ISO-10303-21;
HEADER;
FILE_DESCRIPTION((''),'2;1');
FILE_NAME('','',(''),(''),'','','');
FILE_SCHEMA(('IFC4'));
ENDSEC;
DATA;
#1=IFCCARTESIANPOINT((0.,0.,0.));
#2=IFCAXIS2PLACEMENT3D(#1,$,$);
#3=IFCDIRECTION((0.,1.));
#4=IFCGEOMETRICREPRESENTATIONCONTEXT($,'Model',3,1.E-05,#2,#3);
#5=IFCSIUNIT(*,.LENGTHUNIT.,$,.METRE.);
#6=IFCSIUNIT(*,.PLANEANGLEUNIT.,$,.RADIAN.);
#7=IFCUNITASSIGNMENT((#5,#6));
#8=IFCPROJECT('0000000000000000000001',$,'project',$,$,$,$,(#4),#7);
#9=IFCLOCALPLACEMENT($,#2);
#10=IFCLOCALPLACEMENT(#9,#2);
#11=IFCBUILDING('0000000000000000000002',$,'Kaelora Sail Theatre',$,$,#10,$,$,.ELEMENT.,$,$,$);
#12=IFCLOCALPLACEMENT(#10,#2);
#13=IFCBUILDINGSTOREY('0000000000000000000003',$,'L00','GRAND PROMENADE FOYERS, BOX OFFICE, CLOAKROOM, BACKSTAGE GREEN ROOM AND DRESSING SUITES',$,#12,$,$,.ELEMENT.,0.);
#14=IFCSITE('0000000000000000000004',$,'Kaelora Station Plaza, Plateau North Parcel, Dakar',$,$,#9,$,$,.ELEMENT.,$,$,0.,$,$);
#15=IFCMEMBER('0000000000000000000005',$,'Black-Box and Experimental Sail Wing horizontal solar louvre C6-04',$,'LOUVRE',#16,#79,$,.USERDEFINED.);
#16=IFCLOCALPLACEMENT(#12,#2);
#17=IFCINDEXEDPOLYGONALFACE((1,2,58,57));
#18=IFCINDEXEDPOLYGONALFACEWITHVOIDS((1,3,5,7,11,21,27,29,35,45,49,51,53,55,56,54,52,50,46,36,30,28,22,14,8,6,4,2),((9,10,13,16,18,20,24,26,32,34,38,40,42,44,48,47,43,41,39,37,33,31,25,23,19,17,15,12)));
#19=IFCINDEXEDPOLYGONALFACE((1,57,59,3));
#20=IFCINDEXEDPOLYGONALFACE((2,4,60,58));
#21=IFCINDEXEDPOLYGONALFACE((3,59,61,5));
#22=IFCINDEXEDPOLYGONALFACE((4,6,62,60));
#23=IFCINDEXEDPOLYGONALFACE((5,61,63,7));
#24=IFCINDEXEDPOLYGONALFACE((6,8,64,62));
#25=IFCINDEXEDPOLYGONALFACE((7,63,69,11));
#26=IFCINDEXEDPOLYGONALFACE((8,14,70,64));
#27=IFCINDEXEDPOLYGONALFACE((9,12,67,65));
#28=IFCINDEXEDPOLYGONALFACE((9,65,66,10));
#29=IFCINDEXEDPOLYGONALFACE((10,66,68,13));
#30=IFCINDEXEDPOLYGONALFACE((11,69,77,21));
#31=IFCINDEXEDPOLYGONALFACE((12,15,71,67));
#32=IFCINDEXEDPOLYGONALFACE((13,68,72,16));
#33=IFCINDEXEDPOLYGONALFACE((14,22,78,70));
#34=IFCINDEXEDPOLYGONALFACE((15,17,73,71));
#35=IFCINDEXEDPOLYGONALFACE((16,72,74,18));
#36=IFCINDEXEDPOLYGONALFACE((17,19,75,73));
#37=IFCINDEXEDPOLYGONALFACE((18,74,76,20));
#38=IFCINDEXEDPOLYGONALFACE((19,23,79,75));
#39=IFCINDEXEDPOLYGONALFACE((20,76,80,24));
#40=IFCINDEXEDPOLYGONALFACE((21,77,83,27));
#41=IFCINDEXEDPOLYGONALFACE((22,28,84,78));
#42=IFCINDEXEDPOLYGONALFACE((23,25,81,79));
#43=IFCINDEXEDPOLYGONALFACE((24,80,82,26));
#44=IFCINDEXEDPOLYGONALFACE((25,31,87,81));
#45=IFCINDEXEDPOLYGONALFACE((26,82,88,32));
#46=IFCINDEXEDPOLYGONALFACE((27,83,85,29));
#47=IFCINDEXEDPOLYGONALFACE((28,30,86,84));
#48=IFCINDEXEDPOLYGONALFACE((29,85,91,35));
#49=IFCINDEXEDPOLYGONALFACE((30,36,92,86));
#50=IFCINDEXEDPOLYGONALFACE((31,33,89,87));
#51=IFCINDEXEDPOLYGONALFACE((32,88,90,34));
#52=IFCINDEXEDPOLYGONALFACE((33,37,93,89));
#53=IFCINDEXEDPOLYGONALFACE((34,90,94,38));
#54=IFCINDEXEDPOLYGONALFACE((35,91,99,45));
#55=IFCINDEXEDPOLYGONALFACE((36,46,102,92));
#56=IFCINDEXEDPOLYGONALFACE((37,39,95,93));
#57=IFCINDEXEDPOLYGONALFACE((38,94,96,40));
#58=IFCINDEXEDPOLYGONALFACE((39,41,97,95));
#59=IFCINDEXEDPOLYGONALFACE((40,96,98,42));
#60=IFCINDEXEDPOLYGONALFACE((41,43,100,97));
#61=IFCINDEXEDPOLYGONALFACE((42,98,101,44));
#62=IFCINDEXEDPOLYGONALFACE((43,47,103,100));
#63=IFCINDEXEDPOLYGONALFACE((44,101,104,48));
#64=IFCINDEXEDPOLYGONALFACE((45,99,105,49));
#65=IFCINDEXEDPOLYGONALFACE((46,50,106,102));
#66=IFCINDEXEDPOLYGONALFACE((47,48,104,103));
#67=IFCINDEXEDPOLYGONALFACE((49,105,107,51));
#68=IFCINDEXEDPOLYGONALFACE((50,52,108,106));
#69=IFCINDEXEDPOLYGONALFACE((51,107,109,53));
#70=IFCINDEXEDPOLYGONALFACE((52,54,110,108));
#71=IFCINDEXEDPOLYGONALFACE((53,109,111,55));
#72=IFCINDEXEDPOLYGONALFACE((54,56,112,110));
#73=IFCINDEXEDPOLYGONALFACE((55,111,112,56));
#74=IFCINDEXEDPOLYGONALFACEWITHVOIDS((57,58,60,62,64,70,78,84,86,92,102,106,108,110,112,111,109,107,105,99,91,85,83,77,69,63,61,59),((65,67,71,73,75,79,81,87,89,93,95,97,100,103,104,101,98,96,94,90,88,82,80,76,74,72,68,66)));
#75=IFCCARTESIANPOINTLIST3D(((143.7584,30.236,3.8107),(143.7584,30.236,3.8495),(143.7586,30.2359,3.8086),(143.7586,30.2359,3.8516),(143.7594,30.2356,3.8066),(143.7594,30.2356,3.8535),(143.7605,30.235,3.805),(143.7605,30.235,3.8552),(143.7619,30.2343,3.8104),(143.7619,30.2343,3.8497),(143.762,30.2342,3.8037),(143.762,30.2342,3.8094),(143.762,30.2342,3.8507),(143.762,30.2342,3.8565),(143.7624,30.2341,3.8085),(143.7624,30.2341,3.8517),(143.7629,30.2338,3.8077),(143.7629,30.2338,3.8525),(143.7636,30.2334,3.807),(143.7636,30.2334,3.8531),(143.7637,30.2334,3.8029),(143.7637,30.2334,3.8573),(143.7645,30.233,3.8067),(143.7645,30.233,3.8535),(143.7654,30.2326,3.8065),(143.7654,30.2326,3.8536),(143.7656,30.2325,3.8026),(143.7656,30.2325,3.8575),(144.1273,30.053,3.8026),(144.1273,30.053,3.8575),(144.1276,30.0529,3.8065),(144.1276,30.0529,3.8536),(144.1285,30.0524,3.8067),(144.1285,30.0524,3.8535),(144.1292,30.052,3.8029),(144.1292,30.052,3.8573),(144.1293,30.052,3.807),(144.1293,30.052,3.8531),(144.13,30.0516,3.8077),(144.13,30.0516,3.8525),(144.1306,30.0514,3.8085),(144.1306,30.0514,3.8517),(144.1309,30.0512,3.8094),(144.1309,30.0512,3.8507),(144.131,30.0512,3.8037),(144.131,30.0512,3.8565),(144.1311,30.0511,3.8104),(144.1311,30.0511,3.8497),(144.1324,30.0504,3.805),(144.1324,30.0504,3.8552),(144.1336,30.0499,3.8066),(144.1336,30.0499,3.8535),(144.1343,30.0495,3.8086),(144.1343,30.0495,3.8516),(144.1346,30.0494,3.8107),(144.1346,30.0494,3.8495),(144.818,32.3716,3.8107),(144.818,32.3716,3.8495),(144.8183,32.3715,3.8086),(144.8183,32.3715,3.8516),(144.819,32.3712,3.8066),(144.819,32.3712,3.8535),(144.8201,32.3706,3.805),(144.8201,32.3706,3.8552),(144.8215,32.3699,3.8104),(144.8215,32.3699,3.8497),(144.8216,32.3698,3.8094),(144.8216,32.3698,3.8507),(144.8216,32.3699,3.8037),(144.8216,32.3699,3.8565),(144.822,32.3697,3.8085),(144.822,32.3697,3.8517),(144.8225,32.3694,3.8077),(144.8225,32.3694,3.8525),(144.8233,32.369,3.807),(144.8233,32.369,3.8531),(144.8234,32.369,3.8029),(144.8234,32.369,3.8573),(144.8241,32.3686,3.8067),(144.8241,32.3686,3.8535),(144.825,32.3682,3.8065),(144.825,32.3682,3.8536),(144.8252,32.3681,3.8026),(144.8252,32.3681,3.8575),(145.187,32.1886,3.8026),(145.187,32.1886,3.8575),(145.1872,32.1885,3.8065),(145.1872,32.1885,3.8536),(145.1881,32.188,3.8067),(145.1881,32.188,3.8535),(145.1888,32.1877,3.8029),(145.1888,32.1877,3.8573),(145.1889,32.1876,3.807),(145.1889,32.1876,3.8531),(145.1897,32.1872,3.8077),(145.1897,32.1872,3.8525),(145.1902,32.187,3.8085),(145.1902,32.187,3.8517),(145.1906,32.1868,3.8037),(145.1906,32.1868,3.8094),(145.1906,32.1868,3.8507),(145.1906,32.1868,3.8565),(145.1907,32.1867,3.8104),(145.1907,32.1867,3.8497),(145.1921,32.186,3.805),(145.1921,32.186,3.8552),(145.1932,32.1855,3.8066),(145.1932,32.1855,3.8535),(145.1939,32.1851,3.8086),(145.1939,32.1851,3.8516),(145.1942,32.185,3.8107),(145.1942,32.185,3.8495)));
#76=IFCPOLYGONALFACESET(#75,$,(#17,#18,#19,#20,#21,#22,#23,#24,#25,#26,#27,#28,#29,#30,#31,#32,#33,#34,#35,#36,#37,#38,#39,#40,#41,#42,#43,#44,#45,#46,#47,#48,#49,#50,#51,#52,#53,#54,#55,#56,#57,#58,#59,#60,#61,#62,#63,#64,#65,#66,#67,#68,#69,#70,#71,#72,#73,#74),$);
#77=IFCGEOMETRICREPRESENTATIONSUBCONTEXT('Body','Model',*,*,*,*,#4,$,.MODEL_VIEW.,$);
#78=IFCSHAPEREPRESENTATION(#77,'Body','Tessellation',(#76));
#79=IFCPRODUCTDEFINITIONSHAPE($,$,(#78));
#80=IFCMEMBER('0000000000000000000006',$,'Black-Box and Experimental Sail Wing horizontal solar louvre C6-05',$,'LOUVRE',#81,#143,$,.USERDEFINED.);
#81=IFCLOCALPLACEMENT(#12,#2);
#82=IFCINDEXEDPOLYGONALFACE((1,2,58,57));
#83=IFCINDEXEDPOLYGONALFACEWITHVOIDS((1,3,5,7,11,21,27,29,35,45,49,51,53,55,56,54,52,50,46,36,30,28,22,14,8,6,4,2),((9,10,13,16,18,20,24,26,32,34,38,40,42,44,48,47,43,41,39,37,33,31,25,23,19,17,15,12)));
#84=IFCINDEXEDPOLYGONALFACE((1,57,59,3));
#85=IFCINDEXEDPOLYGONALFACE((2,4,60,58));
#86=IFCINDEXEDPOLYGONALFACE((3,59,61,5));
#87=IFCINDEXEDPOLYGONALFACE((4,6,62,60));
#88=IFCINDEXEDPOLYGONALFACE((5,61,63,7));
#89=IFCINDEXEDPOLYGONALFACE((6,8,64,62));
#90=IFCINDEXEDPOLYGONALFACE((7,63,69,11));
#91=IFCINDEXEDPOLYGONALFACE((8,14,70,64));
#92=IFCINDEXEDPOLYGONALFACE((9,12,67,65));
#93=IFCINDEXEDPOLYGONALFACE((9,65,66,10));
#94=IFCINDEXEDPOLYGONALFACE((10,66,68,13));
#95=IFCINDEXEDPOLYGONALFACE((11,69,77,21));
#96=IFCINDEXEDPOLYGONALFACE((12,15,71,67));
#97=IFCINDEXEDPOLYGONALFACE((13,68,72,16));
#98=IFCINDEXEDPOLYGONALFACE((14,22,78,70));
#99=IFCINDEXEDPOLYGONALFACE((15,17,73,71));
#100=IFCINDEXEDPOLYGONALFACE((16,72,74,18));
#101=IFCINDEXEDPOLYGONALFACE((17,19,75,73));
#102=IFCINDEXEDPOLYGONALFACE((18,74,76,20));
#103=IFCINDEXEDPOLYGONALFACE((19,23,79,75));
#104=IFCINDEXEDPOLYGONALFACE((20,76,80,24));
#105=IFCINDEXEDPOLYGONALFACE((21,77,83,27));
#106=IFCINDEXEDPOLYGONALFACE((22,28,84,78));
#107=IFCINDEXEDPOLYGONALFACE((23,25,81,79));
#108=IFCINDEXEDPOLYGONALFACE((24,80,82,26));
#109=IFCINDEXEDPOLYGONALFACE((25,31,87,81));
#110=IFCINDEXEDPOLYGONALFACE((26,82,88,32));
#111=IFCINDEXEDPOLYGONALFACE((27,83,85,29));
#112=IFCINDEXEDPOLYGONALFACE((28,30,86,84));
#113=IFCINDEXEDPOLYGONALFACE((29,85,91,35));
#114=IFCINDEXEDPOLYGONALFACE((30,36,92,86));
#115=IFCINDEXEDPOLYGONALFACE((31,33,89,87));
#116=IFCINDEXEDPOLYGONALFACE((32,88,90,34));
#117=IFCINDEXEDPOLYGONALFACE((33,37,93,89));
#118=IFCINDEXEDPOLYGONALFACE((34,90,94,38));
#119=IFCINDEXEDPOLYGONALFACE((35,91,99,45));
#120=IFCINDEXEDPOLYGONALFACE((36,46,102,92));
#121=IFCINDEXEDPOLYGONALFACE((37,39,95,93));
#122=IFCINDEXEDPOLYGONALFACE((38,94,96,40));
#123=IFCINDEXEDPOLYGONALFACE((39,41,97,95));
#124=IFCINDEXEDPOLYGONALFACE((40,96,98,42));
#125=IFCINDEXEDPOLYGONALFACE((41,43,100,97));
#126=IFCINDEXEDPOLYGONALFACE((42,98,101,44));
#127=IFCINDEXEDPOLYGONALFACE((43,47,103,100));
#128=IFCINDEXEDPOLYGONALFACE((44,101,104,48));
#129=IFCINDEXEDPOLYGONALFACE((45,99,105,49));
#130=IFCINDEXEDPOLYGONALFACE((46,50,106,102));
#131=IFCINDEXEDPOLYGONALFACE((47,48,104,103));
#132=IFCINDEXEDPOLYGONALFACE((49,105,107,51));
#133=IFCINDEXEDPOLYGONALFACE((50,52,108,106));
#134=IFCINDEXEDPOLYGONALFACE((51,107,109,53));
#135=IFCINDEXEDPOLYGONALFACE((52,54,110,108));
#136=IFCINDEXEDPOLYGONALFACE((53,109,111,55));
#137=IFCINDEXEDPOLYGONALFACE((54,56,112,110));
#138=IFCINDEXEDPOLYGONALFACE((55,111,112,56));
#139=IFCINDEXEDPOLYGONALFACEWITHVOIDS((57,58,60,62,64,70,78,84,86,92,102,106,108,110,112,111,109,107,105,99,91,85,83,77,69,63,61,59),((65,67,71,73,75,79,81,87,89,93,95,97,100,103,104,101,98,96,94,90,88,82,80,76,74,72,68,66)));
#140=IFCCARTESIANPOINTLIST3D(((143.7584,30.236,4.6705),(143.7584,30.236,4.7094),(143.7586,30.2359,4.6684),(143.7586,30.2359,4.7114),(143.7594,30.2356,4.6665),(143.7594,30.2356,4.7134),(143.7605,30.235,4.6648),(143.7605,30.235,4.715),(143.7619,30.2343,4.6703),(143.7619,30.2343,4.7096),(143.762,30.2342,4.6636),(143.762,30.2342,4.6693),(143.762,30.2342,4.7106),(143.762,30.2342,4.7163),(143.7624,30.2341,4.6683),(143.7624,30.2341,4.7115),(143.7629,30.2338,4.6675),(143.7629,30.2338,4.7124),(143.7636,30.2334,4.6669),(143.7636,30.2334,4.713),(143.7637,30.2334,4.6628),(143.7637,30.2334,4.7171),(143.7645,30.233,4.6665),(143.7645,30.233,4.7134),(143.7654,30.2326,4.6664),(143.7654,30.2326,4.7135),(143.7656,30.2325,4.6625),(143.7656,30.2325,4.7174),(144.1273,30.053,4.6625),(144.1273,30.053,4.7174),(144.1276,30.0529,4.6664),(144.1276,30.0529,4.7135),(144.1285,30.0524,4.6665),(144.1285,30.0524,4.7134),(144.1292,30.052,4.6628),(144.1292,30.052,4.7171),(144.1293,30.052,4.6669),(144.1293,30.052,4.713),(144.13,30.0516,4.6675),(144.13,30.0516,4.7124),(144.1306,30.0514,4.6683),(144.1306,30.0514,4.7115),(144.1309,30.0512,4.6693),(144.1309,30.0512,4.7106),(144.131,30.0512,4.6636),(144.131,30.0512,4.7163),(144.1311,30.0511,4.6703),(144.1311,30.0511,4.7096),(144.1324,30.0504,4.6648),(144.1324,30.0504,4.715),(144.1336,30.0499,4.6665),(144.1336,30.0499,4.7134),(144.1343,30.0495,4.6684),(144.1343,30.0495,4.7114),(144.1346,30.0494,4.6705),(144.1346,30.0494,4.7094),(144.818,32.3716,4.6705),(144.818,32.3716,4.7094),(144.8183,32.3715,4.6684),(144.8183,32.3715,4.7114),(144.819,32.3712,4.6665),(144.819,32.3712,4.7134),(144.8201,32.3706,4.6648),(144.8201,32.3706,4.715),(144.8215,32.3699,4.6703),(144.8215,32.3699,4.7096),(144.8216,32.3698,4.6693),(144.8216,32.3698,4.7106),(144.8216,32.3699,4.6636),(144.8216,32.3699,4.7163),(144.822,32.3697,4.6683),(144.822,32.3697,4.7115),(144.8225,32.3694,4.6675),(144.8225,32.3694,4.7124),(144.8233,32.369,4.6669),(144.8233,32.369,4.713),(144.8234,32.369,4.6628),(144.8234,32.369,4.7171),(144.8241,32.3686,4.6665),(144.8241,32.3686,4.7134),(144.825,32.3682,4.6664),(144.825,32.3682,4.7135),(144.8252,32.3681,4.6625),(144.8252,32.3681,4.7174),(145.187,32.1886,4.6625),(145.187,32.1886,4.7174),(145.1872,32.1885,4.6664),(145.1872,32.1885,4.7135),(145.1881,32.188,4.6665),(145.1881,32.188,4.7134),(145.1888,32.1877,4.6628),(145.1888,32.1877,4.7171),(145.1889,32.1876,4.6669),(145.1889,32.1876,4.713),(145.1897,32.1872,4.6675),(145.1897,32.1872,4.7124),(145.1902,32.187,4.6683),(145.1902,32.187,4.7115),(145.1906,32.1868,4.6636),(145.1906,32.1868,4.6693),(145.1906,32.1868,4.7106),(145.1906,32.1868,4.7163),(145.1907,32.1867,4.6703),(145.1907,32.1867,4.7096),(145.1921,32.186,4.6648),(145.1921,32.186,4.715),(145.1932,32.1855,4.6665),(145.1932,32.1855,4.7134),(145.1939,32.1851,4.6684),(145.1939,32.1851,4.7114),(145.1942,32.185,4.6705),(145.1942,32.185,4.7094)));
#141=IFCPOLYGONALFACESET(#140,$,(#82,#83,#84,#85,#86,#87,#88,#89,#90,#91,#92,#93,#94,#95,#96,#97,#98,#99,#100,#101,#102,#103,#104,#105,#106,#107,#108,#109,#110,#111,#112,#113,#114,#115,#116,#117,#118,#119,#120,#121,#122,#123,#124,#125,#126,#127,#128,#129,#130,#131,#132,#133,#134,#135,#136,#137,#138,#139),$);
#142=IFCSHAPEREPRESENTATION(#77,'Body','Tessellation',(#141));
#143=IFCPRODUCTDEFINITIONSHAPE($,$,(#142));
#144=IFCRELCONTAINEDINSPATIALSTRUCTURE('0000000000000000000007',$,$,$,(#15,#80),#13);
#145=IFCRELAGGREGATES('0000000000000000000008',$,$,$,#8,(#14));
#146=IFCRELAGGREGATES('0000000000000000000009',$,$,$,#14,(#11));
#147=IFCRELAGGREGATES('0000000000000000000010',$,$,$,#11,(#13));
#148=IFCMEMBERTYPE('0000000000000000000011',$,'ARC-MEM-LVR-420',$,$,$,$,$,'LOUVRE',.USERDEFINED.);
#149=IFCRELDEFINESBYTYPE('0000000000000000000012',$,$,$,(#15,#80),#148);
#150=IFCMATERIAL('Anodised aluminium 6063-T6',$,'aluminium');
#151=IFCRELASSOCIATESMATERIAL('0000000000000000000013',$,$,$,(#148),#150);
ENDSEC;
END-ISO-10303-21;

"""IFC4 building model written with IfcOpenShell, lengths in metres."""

from ifc_helpers import new_model, si_unit, direction, frame, origin, origin_2d, place, context, subcontext, project, spatial, hollow_rectangle, extrude, material, material_profile, profile_set, type_object, element, save


model = new_model("IFC4")

# Units and contexts
model_context = context("Model", 3, precision=1e-05, world=origin(), true_north=direction((0.0, 1.0)))
body_context = subcontext(model_context, "Body", "Model", "MODEL_VIEW")
ifc_project = project(units=[si_unit("LENGTHUNIT", "METRE"), si_unit("PLANEANGLEUNIT", "RADIAN")], contexts=[model_context])

# Site, building, storey
site_placement = place(None, origin())
site = spatial("IfcSite", under=ifc_project, at=site_placement, Name="Kaelora Station Plaza, Plateau North Parcel, Dakar", CompositionType="ELEMENT", RefElevation=0.0)
building_placement = place(site_placement, origin())
building = spatial("IfcBuilding", under=site, at=building_placement, Name="Kaelora Sail Theatre", CompositionType="ELEMENT")
storey_placement = place(building_placement, origin())
storey = spatial("IfcBuildingStorey", under=building, at=storey_placement, Name="L00", Description="GRAND PROMENADE FOYERS, BOX OFFICE, CLOAKROOM, BACKSTAGE GREEN ROOM AND DRESSING SUITES", CompositionType="ELEMENT", Elevation=0.0)

# Members
ifc_material_1 = material(Name="Anodised aluminium 6063-T6", Category="aluminium")
ifc_material_profile_1 = material_profile(ifc_material_1, hollow_rectangle(XDim=0.4199, YDim=0.0549, WallThickness=0.0039, InnerFilletRadius=0.0039, OuterFilletRadius=0.0081, at=origin_2d()), Name="LOUVRE 420x55x4")
ifc_profile_set_1 = profile_set([ifc_material_profile_1], Name="Anodised aluminium 6063-T6")
member_type_1 = type_object("IfcMemberType", Name="ARC-MEM-LVR-420", ElementType="LOUVRE", PredefinedType="USERDEFINED", material=ifc_profile_set_1)
for number, where, z_axis, x_axis, name in (
    (1, (145.0061, 32.2783, 3.8301), (-0.444467, -0.895795, 0.0), (0.895795, -0.444467, 0.0), "Black-Box and Experimental Sail Wing horizontal solar louvre C6-04"),
    (2, (145.0061, 32.2783, 4.6899), (-0.444467, -0.895795, 0.0), (0.895795, -0.444467, 0.0), "Black-Box and Experimental Sail Wing horizontal solar louvre C6-05"),
):
    element("IfcMember", number, at=place(storey_placement, frame(where, z_axis=z_axis, x_axis=x_axis)), inside=storey, type_object=member_type_1, Name=name, ObjectType="LOUVRE", PredefinedType="USERDEFINED", context=body_context, shape_type="SweptSolid", body=[
        extrude(hollow_rectangle(XDim=0.4199, YDim=0.0549, WallThickness=0.0039, InnerFilletRadius=0.0039, OuterFilletRadius=0.0081, at=origin_2d()), origin(), (0.0, 0.0, 1.0), 2.384),
    ])

save(model, "model.ifc")
